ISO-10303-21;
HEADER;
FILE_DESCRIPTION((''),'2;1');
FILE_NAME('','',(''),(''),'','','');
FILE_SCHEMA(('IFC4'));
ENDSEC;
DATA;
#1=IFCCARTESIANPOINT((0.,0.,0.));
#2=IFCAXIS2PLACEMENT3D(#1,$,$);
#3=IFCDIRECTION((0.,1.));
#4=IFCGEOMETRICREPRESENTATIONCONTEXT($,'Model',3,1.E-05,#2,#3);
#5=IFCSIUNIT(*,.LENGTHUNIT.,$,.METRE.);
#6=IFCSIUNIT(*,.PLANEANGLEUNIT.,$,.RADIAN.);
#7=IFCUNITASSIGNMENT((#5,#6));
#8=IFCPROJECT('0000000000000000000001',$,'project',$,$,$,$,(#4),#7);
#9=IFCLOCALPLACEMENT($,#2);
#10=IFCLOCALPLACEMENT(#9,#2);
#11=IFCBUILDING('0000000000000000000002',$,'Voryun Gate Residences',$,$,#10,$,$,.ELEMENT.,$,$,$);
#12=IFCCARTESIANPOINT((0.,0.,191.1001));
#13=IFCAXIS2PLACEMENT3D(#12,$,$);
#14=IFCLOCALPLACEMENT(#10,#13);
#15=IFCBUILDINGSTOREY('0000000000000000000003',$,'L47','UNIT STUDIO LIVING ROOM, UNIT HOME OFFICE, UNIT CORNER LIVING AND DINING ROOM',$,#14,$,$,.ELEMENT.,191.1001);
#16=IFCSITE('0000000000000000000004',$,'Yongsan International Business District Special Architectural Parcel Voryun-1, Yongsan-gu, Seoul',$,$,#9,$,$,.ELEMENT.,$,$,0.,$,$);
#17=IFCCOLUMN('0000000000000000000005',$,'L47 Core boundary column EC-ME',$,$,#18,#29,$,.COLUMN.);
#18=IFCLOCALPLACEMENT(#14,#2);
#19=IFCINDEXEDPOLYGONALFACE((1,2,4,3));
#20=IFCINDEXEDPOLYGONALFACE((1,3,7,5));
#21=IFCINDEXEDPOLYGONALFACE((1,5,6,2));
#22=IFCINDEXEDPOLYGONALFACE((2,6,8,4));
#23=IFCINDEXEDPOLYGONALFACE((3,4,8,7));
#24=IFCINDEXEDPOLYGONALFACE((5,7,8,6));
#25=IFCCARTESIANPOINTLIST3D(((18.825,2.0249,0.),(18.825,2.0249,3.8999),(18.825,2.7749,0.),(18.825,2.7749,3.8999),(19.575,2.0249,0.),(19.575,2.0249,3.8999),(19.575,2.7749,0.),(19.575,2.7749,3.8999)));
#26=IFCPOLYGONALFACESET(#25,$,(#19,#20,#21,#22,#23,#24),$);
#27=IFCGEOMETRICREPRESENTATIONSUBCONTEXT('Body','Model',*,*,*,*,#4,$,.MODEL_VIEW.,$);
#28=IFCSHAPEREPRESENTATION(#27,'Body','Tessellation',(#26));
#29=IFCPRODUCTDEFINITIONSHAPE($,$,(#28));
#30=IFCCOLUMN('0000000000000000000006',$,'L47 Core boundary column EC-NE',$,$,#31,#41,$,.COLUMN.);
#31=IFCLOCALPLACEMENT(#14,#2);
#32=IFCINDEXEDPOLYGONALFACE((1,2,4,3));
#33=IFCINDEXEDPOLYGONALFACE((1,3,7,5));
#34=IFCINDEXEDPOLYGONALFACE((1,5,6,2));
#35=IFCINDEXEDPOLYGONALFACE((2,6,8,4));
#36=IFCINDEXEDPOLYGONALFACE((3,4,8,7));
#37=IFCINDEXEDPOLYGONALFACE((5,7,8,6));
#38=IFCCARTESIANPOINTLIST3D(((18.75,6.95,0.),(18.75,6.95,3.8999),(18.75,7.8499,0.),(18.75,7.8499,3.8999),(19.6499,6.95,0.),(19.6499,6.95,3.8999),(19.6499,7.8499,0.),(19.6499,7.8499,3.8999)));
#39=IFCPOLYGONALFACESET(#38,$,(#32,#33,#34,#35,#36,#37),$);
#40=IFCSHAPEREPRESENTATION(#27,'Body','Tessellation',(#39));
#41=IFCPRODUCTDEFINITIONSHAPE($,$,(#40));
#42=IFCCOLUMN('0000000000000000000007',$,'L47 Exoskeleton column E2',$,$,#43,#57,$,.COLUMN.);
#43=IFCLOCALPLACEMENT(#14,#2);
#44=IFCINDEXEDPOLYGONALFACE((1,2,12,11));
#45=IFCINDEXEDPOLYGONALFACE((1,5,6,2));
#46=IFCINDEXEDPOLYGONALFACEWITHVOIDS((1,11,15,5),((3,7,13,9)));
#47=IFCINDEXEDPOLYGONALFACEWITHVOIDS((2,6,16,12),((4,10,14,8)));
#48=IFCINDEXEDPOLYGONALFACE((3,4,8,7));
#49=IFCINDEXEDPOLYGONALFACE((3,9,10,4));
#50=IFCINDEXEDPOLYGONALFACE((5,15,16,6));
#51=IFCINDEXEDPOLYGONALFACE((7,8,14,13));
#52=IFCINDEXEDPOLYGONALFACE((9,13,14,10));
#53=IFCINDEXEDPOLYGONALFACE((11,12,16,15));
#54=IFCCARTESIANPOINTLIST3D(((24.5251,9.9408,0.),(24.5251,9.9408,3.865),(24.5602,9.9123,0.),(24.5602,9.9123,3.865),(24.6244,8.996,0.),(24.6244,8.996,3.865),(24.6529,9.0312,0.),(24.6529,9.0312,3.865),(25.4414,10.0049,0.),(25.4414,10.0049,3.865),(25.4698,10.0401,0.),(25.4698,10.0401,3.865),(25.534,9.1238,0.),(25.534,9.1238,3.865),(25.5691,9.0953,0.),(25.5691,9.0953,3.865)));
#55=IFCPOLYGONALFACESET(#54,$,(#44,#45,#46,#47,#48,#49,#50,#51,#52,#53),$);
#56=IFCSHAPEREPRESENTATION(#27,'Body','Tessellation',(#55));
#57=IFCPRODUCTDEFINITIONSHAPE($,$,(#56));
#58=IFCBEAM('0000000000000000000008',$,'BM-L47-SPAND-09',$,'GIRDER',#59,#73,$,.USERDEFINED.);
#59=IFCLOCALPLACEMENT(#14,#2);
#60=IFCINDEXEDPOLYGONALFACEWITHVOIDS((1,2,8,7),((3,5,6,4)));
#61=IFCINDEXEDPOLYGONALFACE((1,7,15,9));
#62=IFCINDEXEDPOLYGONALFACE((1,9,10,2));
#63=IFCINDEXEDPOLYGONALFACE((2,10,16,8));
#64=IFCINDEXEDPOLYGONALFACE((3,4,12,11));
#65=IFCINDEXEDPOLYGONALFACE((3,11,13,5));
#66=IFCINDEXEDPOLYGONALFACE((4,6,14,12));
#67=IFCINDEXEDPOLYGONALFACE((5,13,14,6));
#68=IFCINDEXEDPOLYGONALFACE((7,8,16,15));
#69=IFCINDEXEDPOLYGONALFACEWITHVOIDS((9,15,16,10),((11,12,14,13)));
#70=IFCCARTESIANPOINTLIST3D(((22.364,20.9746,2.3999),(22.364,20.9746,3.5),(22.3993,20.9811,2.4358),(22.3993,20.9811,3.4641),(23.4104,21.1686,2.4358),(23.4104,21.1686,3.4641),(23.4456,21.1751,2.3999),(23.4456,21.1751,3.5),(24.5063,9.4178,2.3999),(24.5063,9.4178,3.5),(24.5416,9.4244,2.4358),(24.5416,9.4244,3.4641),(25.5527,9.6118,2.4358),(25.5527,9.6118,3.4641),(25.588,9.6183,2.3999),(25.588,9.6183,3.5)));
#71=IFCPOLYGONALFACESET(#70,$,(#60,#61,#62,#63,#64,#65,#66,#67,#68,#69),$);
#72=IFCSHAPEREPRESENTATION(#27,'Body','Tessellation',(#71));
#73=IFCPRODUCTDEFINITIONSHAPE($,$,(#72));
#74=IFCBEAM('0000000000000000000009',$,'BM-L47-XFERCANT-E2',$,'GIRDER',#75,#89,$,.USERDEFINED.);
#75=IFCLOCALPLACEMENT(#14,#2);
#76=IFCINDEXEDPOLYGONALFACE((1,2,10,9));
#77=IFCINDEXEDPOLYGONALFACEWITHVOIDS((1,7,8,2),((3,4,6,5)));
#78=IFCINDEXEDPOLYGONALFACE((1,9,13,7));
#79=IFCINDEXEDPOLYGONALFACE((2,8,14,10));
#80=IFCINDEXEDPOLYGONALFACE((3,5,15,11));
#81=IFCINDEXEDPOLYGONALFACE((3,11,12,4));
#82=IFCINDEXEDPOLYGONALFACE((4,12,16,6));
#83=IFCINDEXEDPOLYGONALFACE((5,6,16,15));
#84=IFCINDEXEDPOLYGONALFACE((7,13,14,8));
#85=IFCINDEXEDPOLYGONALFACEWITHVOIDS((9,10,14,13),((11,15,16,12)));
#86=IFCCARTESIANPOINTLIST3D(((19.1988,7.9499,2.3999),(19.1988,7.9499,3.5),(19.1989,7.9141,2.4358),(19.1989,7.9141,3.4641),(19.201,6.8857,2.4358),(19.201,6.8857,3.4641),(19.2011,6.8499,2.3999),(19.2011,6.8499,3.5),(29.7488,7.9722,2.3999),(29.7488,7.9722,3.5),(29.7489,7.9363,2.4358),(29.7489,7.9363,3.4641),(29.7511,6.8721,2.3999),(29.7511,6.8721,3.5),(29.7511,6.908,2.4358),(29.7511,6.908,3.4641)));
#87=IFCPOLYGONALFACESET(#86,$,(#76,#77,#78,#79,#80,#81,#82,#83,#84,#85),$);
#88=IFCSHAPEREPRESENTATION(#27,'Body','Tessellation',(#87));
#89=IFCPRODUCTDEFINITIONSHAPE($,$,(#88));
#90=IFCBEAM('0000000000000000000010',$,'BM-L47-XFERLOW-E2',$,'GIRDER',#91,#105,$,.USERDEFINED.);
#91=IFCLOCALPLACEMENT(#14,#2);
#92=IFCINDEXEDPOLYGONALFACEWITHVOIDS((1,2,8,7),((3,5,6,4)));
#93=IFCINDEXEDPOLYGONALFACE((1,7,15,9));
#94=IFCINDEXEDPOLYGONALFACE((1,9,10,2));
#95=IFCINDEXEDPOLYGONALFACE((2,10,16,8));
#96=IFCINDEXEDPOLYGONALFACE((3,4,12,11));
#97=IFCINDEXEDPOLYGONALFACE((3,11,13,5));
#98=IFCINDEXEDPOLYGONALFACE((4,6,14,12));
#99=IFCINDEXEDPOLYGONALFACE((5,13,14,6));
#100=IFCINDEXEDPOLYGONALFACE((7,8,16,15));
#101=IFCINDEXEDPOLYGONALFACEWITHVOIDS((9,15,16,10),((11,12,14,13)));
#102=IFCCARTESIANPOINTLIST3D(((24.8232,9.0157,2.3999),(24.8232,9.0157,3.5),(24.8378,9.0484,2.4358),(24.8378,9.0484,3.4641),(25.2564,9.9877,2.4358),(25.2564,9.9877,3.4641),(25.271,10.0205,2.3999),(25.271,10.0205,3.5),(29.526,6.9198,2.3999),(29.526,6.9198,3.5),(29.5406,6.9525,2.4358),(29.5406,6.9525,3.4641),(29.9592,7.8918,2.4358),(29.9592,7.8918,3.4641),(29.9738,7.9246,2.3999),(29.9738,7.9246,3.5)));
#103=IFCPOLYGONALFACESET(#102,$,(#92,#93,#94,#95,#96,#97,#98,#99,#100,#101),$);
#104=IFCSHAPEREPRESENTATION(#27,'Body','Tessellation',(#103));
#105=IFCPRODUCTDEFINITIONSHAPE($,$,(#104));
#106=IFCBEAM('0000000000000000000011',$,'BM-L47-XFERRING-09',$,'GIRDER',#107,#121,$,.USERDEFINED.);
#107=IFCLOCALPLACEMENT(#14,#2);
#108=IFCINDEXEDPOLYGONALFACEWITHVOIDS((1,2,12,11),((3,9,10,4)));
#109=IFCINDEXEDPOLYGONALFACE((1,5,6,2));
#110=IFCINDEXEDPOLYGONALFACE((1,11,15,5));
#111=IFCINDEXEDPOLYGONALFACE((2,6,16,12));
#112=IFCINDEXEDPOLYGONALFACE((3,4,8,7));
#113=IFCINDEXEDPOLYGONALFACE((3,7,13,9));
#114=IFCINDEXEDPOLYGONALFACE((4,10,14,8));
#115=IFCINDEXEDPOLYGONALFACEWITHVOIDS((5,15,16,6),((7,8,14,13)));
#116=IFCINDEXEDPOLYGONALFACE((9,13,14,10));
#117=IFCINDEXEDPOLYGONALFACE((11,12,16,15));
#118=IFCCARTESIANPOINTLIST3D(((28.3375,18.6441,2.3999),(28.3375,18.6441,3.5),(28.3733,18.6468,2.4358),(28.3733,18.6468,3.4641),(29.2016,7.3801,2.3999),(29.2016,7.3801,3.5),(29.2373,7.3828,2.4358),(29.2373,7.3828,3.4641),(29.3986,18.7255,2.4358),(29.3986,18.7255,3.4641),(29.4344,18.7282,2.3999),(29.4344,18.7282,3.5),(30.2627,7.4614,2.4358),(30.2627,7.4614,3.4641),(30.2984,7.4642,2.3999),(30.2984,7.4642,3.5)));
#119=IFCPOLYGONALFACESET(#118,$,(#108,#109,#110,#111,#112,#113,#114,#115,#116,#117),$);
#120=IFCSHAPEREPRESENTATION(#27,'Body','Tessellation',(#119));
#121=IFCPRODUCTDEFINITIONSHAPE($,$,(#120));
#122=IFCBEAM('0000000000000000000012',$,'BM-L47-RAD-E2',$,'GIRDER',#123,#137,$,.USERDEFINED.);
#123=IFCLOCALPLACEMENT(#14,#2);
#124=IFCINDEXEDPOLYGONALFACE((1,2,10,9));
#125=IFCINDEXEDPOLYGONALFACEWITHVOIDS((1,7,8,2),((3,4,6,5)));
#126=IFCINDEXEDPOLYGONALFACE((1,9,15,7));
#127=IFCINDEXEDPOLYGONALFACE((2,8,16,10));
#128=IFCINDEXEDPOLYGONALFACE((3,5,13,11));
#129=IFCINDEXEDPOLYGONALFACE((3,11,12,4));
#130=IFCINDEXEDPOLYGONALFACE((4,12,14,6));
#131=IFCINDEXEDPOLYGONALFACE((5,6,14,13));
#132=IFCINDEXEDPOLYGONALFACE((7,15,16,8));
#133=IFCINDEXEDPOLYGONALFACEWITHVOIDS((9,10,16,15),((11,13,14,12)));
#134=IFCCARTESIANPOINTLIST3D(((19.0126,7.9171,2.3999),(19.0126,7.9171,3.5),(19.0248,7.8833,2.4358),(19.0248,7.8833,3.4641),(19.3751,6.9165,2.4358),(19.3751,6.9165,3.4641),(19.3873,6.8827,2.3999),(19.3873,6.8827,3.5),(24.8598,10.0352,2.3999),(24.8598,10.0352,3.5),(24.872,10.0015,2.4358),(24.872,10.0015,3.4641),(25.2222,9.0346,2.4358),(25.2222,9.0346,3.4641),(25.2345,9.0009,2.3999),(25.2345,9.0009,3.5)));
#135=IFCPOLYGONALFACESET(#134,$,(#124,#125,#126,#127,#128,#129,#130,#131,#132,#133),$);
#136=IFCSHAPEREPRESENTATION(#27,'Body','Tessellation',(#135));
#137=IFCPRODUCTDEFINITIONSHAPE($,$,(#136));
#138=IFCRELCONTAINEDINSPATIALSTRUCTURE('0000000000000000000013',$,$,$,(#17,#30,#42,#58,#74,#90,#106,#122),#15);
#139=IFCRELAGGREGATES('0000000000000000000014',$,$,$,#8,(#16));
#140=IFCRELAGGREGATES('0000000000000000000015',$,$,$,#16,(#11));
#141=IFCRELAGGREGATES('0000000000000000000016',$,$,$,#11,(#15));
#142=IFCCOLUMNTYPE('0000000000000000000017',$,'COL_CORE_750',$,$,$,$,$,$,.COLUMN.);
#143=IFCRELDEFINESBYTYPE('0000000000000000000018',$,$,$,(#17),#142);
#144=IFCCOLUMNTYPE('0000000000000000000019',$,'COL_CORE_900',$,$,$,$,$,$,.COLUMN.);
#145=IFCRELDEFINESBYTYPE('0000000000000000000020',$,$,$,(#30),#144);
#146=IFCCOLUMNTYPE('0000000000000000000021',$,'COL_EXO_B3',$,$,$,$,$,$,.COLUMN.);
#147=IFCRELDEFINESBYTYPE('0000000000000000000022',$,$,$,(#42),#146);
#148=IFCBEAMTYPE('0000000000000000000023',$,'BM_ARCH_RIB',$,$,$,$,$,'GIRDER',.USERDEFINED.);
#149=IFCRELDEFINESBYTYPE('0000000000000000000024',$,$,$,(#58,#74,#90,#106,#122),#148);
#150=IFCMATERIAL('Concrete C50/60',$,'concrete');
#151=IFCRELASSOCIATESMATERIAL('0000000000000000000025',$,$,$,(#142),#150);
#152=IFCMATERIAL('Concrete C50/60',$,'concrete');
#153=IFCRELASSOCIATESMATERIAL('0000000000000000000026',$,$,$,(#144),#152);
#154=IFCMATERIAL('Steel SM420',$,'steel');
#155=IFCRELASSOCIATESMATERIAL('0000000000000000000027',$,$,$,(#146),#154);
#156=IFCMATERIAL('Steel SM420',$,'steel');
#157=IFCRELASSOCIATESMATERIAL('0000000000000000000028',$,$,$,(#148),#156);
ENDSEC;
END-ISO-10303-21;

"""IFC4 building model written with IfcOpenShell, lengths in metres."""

from ifc_helpers import new_model, si_unit, direction, frame, origin, origin_2d, place, context, subcontext, project, spatial, rectangle, hollow_rectangle, extrude, material, material_profile, profile_set, type_object, element, save


model = new_model("IFC4")

# Units and contexts
model_context = context("Model", 3, precision=1e-05, world=origin(), true_north=direction((0.0, 1.0)))
body_context = subcontext(model_context, "Body", "Model", "MODEL_VIEW")
ifc_project = project(units=[si_unit("LENGTHUNIT", "METRE"), si_unit("PLANEANGLEUNIT", "RADIAN")], contexts=[model_context])

# Site, building, storey
site_placement = place(None, origin())
site = spatial("IfcSite", under=ifc_project, at=site_placement, Name="Yongsan International Business District Special Architectural Parcel Voryun-1, Yongsan-gu, Seoul", CompositionType="ELEMENT", RefElevation=0.0)
building_placement = place(site_placement, origin())
building = spatial("IfcBuilding", under=site, at=building_placement, Name="Voryun Gate Residences", CompositionType="ELEMENT")
storey_placement = place(building_placement, frame((0.0, 0.0, 191.1001)))
storey = spatial("IfcBuildingStorey", under=building, at=storey_placement, Name="L47", Description="UNIT STUDIO LIVING ROOM, UNIT HOME OFFICE, UNIT CORNER LIVING AND DINING ROOM", CompositionType="ELEMENT", Elevation=191.1001)

# Columns
ifc_material_1 = material(Name="Concrete C50/60", Category="concrete")
ifc_material_profile_1 = material_profile(ifc_material_1, rectangle(XDim=0.75, YDim=0.75, at=origin_2d()), Name="RC-750x750")
ifc_profile_set_1 = profile_set([ifc_material_profile_1], Name="Concrete C50/60")
column_type_1 = type_object("IfcColumnType", Name="COL_CORE_750", PredefinedType="COLUMN", material=ifc_profile_set_1)
column_1_placement = place(storey_placement, frame((19.2, 2.3999, 0.0), z_axis=(0.0, 0.0, 1.0), x_axis=(1.0, 0.0, 0.0)))
element("IfcColumn", 1, at=column_1_placement, inside=storey, type_object=column_type_1, Name="L47 Core boundary column EC-ME", PredefinedType="COLUMN", context=body_context, shape_type="SweptSolid", body=[
    extrude(rectangle(XDim=0.75, YDim=0.75, at=origin_2d()), origin(), (0.0, 0.0, 1.0), 3.8999),
])
ifc_material_2 = material(Name="Concrete C50/60", Category="concrete")
ifc_material_profile_2 = material_profile(ifc_material_2, rectangle(XDim=0.8999, YDim=0.8999, at=origin_2d()), Name="RC-900x900")
ifc_profile_set_2 = profile_set([ifc_material_profile_2], Name="Concrete C50/60")
column_type_2 = type_object("IfcColumnType", Name="COL_CORE_900", PredefinedType="COLUMN", material=ifc_profile_set_2)
column_2_placement = place(storey_placement, frame((19.2, 7.3999, 0.0), z_axis=(0.0, 0.0, 1.0), x_axis=(1.0, 0.0, 0.0)))
element("IfcColumn", 2, at=column_2_placement, inside=storey, type_object=column_type_2, Name="L47 Core boundary column EC-NE", PredefinedType="COLUMN", context=body_context, shape_type="SweptSolid", body=[
    extrude(rectangle(XDim=0.8999, YDim=0.8999, at=origin_2d()), origin(), (0.0, 0.0, 1.0), 3.8999),
])
ifc_material_3 = material(Name="Steel SM420", Category="steel")
ifc_material_profile_3 = material_profile(ifc_material_3, hollow_rectangle(XDim=0.95, YDim=0.95, WallThickness=0.032, at=origin_2d()), Name="BOX-950x950x32")
ifc_profile_set_3 = profile_set([ifc_material_profile_3], Name="Steel SM420")
column_type_3 = type_object("IfcColumnType", Name="COL_EXO_B3", PredefinedType="COLUMN", material=ifc_profile_set_3)
column_3_placement = place(storey_placement, frame((25.0471, 9.5181, 0.0), z_axis=(0.0, 0.0, 1.0), x_axis=(0.994522, 0.104528, 0.0)))
element("IfcColumn", 3, at=column_3_placement, inside=storey, type_object=column_type_3, Name="L47 Exoskeleton column E2", PredefinedType="COLUMN", context=body_context, shape_type="SweptSolid", body=[
    extrude(hollow_rectangle(XDim=0.95, YDim=0.95, WallThickness=0.032, at=origin_2d()), origin(), (0.0, 0.0, 1.0), 3.865),
])

# Beams
ifc_material_4 = material(Name="Steel SM420", Category="steel")
ifc_material_profile_4 = material_profile(ifc_material_4, hollow_rectangle(XDim=1.1001, YDim=1.1001, WallThickness=0.0359, at=origin_2d()), Name="BOX-1100x1100x36")
ifc_profile_set_4 = profile_set([ifc_material_profile_4], Name="Steel SM420")
beam_type = type_object("IfcBeamType", Name="BM_ARCH_RIB", ElementType="GIRDER", PredefinedType="USERDEFINED", material=ifc_profile_set_4)
beam_1_placement = place(storey_placement, frame((25.0471, 9.5181, 2.95), z_axis=(-0.182268, 0.983249, 0.0), x_axis=(-0.983249, -0.182268, 0.0)))
element("IfcBeam", 4, at=beam_1_placement, inside=storey, type_object=beam_type, Name="BM-L47-SPAND-09", ObjectType="GIRDER", PredefinedType="USERDEFINED", context=body_context, shape_type="SweptSolid", body=[
    extrude(hollow_rectangle(XDim=1.1001, YDim=1.1001, WallThickness=0.0359, at=origin_2d()), origin(), (0.0, 0.0, 1.0), 11.7537),
])
beam_2_placement = place(storey_placement, frame((19.2, 7.3999, 2.95), z_axis=(0.999998, 0.002106, 0.0), x_axis=(-0.002106, 0.999998, 0.0)))
element("IfcBeam", 5, at=beam_2_placement, inside=storey, type_object=beam_type, Name="BM-L47-XFERCANT-E2", ObjectType="GIRDER", PredefinedType="USERDEFINED", context=body_context, shape_type="SweptSolid", body=[
    extrude(hollow_rectangle(XDim=1.1001, YDim=1.1001, WallThickness=0.0359, at=origin_2d()), origin(), (0.0, 0.0, 1.0), 10.55),
])
beam_3_placement = place(storey_placement, frame((25.0471, 9.5181, 2.95), z_axis=(0.913395, -0.407075, 0.0), x_axis=(0.407075, 0.913395, 0.0)))
element("IfcBeam", 6, at=beam_3_placement, inside=storey, type_object=beam_type, Name="BM-L47-XFERLOW-E2", ObjectType="GIRDER", PredefinedType="USERDEFINED", context=body_context, shape_type="SweptSolid", body=[
    extrude(hollow_rectangle(XDim=1.1001, YDim=1.1001, WallThickness=0.0359, at=origin_2d()), origin(), (0.0, 0.0, 1.0), 5.1487),
])
beam_4_placement = place(storey_placement, frame((29.75, 7.4221, 2.95), z_axis=(-0.076482, 0.997071, 0.0), x_axis=(-0.997071, -0.076482, 0.0)))
element("IfcBeam", 7, at=beam_4_placement, inside=storey, type_object=beam_type, Name="BM-L47-XFERRING-09", ObjectType="GIRDER", PredefinedType="USERDEFINED", context=body_context, shape_type="SweptSolid", body=[
    extrude(hollow_rectangle(XDim=1.1001, YDim=1.1001, WallThickness=0.0359, at=origin_2d()), origin(), (0.0, 0.0, 1.0), 11.2971),
])
beam_5_placement = place(storey_placement, frame((19.2, 7.3999, 2.95), z_axis=(0.94021, 0.340595, 0.0), x_axis=(-0.340595, 0.94021, 0.0)))
element("IfcBeam", 8, at=beam_5_placement, inside=storey, type_object=beam_type, Name="BM-L47-RAD-E2", ObjectType="GIRDER", PredefinedType="USERDEFINED", context=body_context, shape_type="SweptSolid", body=[
    extrude(hollow_rectangle(XDim=1.1001, YDim=1.1001, WallThickness=0.0359, at=origin_2d()), origin(), (0.0, 0.0, 1.0), 6.219),
])

save(model, "model.ifc")
